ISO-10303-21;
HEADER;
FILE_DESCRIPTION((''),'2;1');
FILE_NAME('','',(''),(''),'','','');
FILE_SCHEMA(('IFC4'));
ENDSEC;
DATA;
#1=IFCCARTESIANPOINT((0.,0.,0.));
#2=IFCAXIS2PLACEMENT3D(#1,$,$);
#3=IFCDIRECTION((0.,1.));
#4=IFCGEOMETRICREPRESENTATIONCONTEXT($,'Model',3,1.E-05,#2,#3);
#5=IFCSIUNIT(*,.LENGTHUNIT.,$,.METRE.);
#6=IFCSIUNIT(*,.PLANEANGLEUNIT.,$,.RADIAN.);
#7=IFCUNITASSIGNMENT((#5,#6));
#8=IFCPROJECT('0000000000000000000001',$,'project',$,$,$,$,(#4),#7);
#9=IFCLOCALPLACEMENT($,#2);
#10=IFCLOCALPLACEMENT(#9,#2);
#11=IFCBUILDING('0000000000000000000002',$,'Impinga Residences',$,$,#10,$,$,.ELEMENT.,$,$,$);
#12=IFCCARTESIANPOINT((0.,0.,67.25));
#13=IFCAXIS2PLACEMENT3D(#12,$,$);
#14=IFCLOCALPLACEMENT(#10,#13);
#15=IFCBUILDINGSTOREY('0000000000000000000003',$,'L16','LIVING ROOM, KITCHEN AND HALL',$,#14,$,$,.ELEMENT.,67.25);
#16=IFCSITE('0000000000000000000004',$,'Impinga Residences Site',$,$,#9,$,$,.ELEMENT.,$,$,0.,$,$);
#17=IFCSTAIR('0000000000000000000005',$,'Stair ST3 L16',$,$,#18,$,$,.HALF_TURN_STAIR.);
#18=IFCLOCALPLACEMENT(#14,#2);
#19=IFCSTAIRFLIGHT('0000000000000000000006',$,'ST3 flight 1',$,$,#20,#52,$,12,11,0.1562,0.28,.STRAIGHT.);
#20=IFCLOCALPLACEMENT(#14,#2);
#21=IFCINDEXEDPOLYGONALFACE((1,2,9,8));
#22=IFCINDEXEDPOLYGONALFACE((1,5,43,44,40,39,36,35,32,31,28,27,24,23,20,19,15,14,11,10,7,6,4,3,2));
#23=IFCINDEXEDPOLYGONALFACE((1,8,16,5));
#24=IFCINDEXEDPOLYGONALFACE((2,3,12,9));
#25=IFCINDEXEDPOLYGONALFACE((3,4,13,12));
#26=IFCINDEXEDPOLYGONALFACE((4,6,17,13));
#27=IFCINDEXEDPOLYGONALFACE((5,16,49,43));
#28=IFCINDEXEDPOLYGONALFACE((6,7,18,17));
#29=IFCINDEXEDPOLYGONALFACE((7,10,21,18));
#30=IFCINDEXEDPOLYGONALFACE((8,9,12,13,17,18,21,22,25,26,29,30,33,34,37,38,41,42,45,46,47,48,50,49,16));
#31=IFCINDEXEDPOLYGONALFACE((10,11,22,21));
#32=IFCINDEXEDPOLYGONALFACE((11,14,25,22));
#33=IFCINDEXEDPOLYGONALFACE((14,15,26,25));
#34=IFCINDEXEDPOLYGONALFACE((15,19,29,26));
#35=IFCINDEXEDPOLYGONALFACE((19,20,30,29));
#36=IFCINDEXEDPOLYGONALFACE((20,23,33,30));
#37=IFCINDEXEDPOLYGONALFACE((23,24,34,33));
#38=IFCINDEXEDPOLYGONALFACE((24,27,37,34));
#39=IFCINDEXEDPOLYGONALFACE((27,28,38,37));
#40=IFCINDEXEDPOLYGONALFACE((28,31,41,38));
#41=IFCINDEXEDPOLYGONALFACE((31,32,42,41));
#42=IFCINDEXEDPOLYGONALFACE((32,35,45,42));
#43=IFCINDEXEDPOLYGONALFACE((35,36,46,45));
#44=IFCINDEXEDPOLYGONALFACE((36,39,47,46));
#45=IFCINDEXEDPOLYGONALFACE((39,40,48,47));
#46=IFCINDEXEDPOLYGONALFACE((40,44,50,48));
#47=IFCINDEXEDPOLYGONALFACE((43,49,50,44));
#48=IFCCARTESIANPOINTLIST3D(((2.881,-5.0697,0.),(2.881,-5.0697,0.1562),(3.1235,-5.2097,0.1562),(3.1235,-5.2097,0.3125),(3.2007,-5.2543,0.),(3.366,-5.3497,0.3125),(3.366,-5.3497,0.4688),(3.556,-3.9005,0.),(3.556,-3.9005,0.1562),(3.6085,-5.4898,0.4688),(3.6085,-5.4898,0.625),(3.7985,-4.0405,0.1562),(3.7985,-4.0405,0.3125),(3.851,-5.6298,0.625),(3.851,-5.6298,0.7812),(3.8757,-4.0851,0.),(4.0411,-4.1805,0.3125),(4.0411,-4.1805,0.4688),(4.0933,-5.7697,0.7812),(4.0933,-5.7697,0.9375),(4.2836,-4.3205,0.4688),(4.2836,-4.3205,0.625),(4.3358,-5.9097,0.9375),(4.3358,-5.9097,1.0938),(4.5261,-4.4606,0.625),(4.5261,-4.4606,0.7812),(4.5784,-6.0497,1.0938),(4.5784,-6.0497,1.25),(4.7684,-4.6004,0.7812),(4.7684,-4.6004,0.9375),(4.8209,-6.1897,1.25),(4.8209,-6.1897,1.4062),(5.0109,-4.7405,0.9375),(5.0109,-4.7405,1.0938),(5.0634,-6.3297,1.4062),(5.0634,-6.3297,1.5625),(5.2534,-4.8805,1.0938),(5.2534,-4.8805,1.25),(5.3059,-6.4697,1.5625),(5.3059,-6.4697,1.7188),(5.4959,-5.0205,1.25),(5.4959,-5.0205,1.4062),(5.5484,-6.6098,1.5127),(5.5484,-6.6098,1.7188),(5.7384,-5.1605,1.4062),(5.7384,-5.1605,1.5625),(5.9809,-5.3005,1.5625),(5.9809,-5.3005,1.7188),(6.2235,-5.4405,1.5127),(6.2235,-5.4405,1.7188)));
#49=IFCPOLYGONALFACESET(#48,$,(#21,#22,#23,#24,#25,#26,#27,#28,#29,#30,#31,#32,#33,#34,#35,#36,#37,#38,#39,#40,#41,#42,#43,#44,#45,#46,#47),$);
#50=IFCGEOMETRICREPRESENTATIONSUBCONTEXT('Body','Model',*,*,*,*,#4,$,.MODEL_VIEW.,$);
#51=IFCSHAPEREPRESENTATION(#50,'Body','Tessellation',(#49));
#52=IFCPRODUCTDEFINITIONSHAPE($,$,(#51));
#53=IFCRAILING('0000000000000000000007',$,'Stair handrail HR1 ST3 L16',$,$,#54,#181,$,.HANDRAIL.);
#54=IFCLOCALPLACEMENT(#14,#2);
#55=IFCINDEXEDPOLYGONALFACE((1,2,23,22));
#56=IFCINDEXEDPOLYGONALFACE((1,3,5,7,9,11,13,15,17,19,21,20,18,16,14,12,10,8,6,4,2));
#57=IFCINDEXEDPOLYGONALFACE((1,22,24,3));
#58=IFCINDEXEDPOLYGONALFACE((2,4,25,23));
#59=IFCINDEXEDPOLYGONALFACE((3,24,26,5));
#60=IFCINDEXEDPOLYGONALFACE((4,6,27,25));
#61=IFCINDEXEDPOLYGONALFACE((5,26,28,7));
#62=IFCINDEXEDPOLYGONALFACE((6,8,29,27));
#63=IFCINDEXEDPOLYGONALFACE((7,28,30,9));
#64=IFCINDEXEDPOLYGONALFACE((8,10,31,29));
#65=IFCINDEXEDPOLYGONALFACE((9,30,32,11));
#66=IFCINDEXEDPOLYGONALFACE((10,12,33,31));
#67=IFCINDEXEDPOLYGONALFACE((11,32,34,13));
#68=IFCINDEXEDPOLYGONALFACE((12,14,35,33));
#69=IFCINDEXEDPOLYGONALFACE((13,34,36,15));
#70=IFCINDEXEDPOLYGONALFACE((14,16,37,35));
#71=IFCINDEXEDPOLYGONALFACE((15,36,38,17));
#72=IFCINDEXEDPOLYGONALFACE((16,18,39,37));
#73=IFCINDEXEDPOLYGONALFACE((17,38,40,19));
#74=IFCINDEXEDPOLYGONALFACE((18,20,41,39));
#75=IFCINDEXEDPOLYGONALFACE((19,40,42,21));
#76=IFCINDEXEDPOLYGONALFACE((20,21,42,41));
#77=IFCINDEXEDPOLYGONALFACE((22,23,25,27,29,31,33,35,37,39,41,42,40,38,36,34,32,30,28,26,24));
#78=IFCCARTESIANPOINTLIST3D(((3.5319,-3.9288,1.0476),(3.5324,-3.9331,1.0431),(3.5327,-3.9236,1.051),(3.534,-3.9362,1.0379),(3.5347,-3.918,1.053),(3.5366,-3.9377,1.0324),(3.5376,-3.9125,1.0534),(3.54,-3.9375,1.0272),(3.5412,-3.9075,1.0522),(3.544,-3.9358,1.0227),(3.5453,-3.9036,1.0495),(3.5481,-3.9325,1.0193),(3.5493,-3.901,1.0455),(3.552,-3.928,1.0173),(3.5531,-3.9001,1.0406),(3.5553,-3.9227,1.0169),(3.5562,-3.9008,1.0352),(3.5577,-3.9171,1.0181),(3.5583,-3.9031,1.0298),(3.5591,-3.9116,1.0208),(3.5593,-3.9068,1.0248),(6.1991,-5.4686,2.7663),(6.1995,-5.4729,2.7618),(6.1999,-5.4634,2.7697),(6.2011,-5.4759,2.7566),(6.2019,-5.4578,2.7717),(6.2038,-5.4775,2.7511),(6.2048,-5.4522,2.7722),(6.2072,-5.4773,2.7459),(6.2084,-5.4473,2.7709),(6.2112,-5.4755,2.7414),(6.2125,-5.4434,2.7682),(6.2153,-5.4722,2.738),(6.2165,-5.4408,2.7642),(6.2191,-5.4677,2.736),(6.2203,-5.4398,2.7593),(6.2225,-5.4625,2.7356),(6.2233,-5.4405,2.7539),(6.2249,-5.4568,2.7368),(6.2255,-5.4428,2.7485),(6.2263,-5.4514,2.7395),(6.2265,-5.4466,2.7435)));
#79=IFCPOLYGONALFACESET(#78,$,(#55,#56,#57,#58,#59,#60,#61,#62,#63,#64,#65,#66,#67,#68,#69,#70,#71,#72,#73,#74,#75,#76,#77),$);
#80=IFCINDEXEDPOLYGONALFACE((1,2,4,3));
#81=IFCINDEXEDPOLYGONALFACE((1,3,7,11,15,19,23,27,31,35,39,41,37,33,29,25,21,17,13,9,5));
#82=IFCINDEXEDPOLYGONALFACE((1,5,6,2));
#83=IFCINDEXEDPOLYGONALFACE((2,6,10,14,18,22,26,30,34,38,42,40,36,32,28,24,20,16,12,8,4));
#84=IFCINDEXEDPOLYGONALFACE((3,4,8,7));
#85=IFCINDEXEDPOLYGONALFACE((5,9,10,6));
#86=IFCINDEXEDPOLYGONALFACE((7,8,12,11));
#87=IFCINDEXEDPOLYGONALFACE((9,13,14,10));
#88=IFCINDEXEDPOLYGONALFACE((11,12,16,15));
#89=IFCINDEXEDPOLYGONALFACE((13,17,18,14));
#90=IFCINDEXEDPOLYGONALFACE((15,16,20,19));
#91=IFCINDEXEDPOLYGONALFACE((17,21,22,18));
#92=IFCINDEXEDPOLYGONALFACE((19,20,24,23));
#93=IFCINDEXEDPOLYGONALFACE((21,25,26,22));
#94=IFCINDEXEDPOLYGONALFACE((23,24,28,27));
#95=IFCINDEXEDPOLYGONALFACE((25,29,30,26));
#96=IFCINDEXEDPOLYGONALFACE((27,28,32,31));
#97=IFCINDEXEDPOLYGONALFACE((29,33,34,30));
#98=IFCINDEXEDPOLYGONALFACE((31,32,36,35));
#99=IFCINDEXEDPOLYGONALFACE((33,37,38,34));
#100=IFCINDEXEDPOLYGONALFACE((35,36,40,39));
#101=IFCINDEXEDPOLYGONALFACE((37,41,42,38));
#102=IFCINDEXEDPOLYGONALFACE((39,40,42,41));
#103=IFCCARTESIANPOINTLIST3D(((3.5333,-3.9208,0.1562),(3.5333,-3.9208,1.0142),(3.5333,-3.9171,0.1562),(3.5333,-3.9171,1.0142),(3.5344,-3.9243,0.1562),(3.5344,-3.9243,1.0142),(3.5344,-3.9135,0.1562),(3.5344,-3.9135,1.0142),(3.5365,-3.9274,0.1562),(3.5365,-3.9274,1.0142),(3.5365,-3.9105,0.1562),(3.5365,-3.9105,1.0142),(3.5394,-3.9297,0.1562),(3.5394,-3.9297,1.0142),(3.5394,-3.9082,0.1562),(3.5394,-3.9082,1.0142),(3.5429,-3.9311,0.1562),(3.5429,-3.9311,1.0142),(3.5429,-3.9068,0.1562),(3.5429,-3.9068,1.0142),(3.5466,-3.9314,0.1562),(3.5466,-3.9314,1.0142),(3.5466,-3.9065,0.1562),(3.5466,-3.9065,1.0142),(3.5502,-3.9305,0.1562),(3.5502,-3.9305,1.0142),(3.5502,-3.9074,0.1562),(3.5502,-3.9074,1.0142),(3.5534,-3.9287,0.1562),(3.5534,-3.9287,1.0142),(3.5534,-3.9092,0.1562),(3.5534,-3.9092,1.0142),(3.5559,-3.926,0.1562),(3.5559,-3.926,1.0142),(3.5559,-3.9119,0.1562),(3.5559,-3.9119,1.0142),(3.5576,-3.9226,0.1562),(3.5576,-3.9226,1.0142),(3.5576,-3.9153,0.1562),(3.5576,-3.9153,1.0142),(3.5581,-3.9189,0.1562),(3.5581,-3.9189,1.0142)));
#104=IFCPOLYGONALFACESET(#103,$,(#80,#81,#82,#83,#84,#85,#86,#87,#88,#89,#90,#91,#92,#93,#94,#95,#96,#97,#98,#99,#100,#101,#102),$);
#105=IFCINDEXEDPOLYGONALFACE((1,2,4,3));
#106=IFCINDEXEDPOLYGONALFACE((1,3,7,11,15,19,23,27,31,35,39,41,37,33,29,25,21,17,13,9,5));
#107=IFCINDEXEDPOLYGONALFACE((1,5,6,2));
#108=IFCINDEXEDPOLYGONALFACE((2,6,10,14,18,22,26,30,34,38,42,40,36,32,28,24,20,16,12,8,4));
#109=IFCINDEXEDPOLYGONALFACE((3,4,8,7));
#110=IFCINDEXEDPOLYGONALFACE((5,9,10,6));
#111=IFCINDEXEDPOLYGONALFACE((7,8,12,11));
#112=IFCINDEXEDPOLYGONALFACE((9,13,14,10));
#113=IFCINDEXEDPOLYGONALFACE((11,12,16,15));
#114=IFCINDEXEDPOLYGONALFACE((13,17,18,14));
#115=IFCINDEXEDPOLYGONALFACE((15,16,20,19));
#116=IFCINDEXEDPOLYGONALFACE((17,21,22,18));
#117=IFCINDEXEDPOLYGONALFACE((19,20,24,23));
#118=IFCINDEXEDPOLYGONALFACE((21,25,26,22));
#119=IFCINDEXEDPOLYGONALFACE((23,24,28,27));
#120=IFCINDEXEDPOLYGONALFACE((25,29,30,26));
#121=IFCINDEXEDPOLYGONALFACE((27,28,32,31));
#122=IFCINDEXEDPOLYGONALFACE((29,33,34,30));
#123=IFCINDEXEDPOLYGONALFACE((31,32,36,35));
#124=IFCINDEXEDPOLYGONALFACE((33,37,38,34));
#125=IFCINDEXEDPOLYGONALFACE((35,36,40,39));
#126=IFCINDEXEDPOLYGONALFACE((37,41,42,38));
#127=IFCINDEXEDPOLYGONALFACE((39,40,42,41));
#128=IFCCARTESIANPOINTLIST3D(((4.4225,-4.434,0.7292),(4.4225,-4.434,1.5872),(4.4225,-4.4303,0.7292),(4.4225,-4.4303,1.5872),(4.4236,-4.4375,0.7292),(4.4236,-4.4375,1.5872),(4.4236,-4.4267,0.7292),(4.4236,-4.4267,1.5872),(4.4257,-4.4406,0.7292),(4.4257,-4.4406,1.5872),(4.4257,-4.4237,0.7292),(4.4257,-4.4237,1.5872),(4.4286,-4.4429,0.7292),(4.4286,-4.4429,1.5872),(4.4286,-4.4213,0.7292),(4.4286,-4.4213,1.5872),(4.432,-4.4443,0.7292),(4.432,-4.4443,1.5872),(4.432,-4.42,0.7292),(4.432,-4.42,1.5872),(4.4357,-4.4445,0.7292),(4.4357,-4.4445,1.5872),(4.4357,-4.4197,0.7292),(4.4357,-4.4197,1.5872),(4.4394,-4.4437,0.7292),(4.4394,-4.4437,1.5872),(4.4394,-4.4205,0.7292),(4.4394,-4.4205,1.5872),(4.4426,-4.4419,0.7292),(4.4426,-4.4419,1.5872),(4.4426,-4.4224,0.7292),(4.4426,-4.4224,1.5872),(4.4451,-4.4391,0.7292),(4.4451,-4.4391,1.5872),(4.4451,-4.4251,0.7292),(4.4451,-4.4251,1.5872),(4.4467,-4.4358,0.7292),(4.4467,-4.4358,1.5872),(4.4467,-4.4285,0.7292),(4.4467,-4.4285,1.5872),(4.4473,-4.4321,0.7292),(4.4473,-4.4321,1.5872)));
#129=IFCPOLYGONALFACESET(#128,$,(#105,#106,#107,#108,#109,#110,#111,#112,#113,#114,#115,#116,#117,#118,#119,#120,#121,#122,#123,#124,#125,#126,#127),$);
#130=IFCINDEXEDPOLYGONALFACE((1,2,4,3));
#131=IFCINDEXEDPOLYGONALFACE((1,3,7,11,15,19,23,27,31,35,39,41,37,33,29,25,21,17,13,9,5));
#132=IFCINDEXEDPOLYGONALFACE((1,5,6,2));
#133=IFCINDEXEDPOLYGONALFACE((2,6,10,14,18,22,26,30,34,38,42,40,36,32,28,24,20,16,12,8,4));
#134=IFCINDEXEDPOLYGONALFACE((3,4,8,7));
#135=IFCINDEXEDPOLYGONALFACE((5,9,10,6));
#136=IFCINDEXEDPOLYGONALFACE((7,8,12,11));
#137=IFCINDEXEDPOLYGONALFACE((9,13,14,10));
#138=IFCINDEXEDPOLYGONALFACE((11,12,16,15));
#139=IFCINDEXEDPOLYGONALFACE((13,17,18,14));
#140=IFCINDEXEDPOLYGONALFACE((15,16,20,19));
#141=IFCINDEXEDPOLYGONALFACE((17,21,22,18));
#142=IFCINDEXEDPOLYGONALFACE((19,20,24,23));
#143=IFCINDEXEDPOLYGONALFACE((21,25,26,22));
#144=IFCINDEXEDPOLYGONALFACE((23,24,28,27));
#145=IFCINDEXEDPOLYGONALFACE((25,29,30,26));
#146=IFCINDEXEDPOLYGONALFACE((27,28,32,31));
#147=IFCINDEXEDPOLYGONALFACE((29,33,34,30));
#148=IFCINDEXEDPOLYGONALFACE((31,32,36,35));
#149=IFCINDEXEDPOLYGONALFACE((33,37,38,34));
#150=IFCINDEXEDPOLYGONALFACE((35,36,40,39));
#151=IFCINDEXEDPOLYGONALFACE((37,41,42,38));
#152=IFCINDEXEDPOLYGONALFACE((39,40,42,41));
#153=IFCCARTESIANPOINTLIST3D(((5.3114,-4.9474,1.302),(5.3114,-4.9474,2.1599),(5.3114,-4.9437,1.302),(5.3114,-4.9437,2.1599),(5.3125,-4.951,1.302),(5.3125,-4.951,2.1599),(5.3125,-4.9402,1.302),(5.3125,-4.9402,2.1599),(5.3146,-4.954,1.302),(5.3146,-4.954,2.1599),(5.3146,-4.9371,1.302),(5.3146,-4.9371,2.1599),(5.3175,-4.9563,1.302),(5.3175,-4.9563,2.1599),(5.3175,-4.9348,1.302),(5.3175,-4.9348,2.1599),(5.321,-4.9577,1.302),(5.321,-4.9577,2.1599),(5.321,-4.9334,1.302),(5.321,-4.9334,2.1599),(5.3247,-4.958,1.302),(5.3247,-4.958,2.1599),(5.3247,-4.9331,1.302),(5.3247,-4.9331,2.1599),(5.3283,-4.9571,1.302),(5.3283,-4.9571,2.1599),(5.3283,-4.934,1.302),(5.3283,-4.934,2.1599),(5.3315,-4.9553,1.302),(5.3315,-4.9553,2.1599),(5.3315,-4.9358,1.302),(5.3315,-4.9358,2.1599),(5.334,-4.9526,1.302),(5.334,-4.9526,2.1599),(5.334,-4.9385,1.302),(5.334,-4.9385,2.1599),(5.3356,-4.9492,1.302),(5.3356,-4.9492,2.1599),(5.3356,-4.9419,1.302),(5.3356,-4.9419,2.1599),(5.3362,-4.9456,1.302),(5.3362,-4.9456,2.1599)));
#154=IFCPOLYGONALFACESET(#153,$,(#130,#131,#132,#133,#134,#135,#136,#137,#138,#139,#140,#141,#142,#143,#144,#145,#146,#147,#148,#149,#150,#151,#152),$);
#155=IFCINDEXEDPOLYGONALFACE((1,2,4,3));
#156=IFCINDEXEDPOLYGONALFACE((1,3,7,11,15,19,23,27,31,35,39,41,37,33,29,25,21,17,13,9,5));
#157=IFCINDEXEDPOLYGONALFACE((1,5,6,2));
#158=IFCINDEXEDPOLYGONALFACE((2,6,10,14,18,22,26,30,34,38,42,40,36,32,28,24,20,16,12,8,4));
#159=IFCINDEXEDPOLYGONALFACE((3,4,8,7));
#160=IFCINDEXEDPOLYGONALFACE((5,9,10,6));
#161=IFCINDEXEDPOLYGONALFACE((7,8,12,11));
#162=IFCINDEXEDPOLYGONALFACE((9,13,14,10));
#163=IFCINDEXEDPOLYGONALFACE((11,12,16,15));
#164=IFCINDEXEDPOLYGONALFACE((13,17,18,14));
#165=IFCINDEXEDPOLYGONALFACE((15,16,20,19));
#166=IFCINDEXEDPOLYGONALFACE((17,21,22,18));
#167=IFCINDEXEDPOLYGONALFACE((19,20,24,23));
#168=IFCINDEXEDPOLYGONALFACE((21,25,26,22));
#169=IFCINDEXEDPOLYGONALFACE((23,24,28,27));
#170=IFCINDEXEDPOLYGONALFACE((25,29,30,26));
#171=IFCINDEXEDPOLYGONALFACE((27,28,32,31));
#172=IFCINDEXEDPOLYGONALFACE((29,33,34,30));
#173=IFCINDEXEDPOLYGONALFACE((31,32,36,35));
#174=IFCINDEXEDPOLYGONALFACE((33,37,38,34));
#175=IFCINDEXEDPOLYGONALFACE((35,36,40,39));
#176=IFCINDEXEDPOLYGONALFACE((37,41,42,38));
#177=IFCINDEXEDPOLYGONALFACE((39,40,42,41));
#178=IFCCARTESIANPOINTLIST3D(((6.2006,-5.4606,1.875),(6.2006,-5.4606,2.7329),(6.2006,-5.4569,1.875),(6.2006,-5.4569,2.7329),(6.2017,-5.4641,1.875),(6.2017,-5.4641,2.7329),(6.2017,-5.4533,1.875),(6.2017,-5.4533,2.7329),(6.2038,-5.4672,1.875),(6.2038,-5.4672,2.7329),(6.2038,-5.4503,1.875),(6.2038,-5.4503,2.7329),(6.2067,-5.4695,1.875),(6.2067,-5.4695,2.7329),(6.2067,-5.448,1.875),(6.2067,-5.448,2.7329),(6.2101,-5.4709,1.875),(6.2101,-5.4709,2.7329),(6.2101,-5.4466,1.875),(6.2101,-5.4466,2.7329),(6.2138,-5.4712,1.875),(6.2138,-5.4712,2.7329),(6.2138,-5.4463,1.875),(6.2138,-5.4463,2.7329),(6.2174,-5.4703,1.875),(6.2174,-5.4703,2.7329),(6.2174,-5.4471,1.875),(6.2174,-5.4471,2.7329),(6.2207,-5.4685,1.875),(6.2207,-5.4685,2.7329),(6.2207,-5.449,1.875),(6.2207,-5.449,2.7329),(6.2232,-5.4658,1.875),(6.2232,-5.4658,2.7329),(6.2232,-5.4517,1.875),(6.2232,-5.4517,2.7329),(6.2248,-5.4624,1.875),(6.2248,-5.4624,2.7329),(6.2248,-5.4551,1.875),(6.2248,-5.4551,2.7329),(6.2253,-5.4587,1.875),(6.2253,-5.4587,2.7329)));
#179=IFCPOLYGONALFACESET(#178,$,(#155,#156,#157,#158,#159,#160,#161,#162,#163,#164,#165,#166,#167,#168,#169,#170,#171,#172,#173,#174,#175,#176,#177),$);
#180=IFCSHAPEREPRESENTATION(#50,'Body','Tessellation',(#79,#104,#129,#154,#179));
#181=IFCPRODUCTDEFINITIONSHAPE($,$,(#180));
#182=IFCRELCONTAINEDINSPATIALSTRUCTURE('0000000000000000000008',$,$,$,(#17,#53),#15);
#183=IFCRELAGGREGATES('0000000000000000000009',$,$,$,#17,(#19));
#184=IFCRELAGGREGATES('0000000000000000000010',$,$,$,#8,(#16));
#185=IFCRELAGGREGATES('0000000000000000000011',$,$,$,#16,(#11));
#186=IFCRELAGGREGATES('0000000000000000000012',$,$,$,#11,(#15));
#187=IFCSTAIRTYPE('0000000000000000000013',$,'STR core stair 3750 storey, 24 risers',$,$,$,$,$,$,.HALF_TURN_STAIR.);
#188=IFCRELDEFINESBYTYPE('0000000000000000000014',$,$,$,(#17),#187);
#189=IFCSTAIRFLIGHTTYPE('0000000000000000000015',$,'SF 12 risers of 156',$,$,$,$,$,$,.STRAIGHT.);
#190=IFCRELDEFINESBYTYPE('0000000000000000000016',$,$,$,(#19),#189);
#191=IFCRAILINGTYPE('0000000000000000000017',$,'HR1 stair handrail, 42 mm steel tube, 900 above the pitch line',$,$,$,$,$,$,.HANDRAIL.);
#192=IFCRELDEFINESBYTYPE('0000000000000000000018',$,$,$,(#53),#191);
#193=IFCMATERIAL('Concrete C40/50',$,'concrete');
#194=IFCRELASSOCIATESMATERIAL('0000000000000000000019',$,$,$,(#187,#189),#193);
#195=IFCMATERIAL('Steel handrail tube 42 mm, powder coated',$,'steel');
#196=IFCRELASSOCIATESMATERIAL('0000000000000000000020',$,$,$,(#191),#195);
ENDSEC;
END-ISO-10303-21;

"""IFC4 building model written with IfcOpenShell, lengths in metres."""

from ifc_helpers import new_model, si_unit, direction, frame, origin, origin_2d, place, context, subcontext, project, spatial, polyline, circle, outline, extrude, material, type_object, element, aggregate, save


model = new_model("IFC4")

# Units and contexts
model_context = context("Model", 3, precision=1e-05, world=origin(), true_north=direction((0.0, 1.0)))
body_context = subcontext(model_context, "Body", "Model", "MODEL_VIEW")
ifc_project = project(units=[si_unit("LENGTHUNIT", "METRE"), si_unit("PLANEANGLEUNIT", "RADIAN")], contexts=[model_context])

# Site, building, storey
site_placement = place(None, origin())
site = spatial("IfcSite", under=ifc_project, at=site_placement, Name="Impinga Residences Site", CompositionType="ELEMENT", RefElevation=0.0)
building_placement = place(site_placement, origin())
building = spatial("IfcBuilding", under=site, at=building_placement, Name="Impinga Residences", CompositionType="ELEMENT")
storey_placement = place(building_placement, frame((0.0, 0.0, 67.25)))
storey = spatial("IfcBuildingStorey", under=building, at=storey_placement, Name="L16", Description="LIVING ROOM, KITCHEN AND HALL", CompositionType="ELEMENT", Elevation=67.25)

# Stair
ifc_material_1 = material(Name="Concrete C40/50", Category="concrete")
stair_type_1 = type_object("IfcStairType", Name="STR core stair 3750 storey, 24 risers", PredefinedType="HALF_TURN_STAIR", material=ifc_material_1)
stair_1_placement = place(storey_placement, origin())
stair_1 = element("IfcStair", 1, at=stair_1_placement, inside=storey, type_object=stair_type_1, Name="Stair ST3 L16", PredefinedType="HALF_TURN_STAIR")

# Stair flight
stair_flight_type = type_object("IfcStairFlightType", Name="SF 12 risers of 156", PredefinedType="STRAIGHT", material=ifc_material_1)
stair_flight_placement = place(storey_placement, frame((3.2185, -4.4851, 0.0), z_axis=(0.0, 0.0, 1.0), x_axis=(0.866025, -0.5, 0.0)))
stair_flight = element("IfcStairFlight", 2, at=stair_flight_placement, type_object=stair_flight_type, Name="ST3 flight 1", NumberOfRisers=12, NumberOfTreads=11, PredefinedType="STRAIGHT", RiserHeight=0.1562, TreadLength=0.28, context=body_context, shape_type="SweptSolid", body=[
    extrude(outline(polyline([(0.0, 0.0), (0.0, 0.1562), (0.28, 0.1562), (0.28, 0.3125), (0.5601, 0.3125), (0.5601, 0.4688), (0.8401, 0.4688), (0.8401, 0.625), (1.1201, 0.625), (1.1201, 0.7812), (1.3999, 0.7812), (1.3999, 0.9375), (1.6799, 0.9375), (1.6799, 1.0938), (1.96, 1.0938), (1.96, 1.25), (2.24, 1.25), (2.24, 1.4062), (2.52, 1.4062), (2.52, 1.5625), (2.8, 1.5625), (2.8, 1.7188), (3.0801, 1.7188), (3.0801, 1.875), (3.0801, 1.5127), (0.3691, 0.0), (0.0, 0.0)])), frame((0.0, 0.675, 0.0), z_axis=(0.0, -1.0, 0.0), x_axis=(1.0, 0.0, 0.0)), (0.0, 0.0, 1.0), 1.3501),
])
aggregate(stair_1, [stair_flight])

# Railing
ifc_material_2 = material(Name="Steel handrail tube 42 mm, powder coated", Category="steel")
railing_type = type_object("IfcRailingType", Name="HR1 stair handrail, 42 mm steel tube, 900 above the pitch line", PredefinedType="HANDRAIL", material=ifc_material_2)
railing_placement = place(storey_placement, frame((3.5457, -3.9189, 0.1562)))
element("IfcRailing", 3, at=railing_placement, inside=storey, type_object=railing_type, Name="Stair handrail HR1 ST3 L16", PredefinedType="HANDRAIL", context=body_context, shape_type="SweptSolid", body=[
    extrude(circle(Radius=0.021, at=origin_2d()), frame((0.0, 0.0, 0.8789), z_axis=(0.756249, -0.436582, 0.487322), x_axis=(0.499967, 0.866044, 0.0)), (0.0, 0.0, 1.0), 3.5269),
    extrude(circle(Radius=0.0125, at=origin_2d()), origin(), (0.0, 0.0, 1.0), 0.8579),
    extrude(circle(Radius=0.0125, at=origin_2d()), frame((0.8892, -0.5132, 0.573)), (0.0, 0.0, 1.0), 0.8579),
    extrude(circle(Radius=0.0125, at=origin_2d()), frame((1.7781, -1.0266, 1.1458)), (0.0, 0.0, 1.0), 0.8579),
    extrude(circle(Radius=0.0125, at=origin_2d()), frame((2.6672, -1.5398, 1.7188)), (0.0, 0.0, 1.0), 0.8579),
])

save(model, "model.ifc")
